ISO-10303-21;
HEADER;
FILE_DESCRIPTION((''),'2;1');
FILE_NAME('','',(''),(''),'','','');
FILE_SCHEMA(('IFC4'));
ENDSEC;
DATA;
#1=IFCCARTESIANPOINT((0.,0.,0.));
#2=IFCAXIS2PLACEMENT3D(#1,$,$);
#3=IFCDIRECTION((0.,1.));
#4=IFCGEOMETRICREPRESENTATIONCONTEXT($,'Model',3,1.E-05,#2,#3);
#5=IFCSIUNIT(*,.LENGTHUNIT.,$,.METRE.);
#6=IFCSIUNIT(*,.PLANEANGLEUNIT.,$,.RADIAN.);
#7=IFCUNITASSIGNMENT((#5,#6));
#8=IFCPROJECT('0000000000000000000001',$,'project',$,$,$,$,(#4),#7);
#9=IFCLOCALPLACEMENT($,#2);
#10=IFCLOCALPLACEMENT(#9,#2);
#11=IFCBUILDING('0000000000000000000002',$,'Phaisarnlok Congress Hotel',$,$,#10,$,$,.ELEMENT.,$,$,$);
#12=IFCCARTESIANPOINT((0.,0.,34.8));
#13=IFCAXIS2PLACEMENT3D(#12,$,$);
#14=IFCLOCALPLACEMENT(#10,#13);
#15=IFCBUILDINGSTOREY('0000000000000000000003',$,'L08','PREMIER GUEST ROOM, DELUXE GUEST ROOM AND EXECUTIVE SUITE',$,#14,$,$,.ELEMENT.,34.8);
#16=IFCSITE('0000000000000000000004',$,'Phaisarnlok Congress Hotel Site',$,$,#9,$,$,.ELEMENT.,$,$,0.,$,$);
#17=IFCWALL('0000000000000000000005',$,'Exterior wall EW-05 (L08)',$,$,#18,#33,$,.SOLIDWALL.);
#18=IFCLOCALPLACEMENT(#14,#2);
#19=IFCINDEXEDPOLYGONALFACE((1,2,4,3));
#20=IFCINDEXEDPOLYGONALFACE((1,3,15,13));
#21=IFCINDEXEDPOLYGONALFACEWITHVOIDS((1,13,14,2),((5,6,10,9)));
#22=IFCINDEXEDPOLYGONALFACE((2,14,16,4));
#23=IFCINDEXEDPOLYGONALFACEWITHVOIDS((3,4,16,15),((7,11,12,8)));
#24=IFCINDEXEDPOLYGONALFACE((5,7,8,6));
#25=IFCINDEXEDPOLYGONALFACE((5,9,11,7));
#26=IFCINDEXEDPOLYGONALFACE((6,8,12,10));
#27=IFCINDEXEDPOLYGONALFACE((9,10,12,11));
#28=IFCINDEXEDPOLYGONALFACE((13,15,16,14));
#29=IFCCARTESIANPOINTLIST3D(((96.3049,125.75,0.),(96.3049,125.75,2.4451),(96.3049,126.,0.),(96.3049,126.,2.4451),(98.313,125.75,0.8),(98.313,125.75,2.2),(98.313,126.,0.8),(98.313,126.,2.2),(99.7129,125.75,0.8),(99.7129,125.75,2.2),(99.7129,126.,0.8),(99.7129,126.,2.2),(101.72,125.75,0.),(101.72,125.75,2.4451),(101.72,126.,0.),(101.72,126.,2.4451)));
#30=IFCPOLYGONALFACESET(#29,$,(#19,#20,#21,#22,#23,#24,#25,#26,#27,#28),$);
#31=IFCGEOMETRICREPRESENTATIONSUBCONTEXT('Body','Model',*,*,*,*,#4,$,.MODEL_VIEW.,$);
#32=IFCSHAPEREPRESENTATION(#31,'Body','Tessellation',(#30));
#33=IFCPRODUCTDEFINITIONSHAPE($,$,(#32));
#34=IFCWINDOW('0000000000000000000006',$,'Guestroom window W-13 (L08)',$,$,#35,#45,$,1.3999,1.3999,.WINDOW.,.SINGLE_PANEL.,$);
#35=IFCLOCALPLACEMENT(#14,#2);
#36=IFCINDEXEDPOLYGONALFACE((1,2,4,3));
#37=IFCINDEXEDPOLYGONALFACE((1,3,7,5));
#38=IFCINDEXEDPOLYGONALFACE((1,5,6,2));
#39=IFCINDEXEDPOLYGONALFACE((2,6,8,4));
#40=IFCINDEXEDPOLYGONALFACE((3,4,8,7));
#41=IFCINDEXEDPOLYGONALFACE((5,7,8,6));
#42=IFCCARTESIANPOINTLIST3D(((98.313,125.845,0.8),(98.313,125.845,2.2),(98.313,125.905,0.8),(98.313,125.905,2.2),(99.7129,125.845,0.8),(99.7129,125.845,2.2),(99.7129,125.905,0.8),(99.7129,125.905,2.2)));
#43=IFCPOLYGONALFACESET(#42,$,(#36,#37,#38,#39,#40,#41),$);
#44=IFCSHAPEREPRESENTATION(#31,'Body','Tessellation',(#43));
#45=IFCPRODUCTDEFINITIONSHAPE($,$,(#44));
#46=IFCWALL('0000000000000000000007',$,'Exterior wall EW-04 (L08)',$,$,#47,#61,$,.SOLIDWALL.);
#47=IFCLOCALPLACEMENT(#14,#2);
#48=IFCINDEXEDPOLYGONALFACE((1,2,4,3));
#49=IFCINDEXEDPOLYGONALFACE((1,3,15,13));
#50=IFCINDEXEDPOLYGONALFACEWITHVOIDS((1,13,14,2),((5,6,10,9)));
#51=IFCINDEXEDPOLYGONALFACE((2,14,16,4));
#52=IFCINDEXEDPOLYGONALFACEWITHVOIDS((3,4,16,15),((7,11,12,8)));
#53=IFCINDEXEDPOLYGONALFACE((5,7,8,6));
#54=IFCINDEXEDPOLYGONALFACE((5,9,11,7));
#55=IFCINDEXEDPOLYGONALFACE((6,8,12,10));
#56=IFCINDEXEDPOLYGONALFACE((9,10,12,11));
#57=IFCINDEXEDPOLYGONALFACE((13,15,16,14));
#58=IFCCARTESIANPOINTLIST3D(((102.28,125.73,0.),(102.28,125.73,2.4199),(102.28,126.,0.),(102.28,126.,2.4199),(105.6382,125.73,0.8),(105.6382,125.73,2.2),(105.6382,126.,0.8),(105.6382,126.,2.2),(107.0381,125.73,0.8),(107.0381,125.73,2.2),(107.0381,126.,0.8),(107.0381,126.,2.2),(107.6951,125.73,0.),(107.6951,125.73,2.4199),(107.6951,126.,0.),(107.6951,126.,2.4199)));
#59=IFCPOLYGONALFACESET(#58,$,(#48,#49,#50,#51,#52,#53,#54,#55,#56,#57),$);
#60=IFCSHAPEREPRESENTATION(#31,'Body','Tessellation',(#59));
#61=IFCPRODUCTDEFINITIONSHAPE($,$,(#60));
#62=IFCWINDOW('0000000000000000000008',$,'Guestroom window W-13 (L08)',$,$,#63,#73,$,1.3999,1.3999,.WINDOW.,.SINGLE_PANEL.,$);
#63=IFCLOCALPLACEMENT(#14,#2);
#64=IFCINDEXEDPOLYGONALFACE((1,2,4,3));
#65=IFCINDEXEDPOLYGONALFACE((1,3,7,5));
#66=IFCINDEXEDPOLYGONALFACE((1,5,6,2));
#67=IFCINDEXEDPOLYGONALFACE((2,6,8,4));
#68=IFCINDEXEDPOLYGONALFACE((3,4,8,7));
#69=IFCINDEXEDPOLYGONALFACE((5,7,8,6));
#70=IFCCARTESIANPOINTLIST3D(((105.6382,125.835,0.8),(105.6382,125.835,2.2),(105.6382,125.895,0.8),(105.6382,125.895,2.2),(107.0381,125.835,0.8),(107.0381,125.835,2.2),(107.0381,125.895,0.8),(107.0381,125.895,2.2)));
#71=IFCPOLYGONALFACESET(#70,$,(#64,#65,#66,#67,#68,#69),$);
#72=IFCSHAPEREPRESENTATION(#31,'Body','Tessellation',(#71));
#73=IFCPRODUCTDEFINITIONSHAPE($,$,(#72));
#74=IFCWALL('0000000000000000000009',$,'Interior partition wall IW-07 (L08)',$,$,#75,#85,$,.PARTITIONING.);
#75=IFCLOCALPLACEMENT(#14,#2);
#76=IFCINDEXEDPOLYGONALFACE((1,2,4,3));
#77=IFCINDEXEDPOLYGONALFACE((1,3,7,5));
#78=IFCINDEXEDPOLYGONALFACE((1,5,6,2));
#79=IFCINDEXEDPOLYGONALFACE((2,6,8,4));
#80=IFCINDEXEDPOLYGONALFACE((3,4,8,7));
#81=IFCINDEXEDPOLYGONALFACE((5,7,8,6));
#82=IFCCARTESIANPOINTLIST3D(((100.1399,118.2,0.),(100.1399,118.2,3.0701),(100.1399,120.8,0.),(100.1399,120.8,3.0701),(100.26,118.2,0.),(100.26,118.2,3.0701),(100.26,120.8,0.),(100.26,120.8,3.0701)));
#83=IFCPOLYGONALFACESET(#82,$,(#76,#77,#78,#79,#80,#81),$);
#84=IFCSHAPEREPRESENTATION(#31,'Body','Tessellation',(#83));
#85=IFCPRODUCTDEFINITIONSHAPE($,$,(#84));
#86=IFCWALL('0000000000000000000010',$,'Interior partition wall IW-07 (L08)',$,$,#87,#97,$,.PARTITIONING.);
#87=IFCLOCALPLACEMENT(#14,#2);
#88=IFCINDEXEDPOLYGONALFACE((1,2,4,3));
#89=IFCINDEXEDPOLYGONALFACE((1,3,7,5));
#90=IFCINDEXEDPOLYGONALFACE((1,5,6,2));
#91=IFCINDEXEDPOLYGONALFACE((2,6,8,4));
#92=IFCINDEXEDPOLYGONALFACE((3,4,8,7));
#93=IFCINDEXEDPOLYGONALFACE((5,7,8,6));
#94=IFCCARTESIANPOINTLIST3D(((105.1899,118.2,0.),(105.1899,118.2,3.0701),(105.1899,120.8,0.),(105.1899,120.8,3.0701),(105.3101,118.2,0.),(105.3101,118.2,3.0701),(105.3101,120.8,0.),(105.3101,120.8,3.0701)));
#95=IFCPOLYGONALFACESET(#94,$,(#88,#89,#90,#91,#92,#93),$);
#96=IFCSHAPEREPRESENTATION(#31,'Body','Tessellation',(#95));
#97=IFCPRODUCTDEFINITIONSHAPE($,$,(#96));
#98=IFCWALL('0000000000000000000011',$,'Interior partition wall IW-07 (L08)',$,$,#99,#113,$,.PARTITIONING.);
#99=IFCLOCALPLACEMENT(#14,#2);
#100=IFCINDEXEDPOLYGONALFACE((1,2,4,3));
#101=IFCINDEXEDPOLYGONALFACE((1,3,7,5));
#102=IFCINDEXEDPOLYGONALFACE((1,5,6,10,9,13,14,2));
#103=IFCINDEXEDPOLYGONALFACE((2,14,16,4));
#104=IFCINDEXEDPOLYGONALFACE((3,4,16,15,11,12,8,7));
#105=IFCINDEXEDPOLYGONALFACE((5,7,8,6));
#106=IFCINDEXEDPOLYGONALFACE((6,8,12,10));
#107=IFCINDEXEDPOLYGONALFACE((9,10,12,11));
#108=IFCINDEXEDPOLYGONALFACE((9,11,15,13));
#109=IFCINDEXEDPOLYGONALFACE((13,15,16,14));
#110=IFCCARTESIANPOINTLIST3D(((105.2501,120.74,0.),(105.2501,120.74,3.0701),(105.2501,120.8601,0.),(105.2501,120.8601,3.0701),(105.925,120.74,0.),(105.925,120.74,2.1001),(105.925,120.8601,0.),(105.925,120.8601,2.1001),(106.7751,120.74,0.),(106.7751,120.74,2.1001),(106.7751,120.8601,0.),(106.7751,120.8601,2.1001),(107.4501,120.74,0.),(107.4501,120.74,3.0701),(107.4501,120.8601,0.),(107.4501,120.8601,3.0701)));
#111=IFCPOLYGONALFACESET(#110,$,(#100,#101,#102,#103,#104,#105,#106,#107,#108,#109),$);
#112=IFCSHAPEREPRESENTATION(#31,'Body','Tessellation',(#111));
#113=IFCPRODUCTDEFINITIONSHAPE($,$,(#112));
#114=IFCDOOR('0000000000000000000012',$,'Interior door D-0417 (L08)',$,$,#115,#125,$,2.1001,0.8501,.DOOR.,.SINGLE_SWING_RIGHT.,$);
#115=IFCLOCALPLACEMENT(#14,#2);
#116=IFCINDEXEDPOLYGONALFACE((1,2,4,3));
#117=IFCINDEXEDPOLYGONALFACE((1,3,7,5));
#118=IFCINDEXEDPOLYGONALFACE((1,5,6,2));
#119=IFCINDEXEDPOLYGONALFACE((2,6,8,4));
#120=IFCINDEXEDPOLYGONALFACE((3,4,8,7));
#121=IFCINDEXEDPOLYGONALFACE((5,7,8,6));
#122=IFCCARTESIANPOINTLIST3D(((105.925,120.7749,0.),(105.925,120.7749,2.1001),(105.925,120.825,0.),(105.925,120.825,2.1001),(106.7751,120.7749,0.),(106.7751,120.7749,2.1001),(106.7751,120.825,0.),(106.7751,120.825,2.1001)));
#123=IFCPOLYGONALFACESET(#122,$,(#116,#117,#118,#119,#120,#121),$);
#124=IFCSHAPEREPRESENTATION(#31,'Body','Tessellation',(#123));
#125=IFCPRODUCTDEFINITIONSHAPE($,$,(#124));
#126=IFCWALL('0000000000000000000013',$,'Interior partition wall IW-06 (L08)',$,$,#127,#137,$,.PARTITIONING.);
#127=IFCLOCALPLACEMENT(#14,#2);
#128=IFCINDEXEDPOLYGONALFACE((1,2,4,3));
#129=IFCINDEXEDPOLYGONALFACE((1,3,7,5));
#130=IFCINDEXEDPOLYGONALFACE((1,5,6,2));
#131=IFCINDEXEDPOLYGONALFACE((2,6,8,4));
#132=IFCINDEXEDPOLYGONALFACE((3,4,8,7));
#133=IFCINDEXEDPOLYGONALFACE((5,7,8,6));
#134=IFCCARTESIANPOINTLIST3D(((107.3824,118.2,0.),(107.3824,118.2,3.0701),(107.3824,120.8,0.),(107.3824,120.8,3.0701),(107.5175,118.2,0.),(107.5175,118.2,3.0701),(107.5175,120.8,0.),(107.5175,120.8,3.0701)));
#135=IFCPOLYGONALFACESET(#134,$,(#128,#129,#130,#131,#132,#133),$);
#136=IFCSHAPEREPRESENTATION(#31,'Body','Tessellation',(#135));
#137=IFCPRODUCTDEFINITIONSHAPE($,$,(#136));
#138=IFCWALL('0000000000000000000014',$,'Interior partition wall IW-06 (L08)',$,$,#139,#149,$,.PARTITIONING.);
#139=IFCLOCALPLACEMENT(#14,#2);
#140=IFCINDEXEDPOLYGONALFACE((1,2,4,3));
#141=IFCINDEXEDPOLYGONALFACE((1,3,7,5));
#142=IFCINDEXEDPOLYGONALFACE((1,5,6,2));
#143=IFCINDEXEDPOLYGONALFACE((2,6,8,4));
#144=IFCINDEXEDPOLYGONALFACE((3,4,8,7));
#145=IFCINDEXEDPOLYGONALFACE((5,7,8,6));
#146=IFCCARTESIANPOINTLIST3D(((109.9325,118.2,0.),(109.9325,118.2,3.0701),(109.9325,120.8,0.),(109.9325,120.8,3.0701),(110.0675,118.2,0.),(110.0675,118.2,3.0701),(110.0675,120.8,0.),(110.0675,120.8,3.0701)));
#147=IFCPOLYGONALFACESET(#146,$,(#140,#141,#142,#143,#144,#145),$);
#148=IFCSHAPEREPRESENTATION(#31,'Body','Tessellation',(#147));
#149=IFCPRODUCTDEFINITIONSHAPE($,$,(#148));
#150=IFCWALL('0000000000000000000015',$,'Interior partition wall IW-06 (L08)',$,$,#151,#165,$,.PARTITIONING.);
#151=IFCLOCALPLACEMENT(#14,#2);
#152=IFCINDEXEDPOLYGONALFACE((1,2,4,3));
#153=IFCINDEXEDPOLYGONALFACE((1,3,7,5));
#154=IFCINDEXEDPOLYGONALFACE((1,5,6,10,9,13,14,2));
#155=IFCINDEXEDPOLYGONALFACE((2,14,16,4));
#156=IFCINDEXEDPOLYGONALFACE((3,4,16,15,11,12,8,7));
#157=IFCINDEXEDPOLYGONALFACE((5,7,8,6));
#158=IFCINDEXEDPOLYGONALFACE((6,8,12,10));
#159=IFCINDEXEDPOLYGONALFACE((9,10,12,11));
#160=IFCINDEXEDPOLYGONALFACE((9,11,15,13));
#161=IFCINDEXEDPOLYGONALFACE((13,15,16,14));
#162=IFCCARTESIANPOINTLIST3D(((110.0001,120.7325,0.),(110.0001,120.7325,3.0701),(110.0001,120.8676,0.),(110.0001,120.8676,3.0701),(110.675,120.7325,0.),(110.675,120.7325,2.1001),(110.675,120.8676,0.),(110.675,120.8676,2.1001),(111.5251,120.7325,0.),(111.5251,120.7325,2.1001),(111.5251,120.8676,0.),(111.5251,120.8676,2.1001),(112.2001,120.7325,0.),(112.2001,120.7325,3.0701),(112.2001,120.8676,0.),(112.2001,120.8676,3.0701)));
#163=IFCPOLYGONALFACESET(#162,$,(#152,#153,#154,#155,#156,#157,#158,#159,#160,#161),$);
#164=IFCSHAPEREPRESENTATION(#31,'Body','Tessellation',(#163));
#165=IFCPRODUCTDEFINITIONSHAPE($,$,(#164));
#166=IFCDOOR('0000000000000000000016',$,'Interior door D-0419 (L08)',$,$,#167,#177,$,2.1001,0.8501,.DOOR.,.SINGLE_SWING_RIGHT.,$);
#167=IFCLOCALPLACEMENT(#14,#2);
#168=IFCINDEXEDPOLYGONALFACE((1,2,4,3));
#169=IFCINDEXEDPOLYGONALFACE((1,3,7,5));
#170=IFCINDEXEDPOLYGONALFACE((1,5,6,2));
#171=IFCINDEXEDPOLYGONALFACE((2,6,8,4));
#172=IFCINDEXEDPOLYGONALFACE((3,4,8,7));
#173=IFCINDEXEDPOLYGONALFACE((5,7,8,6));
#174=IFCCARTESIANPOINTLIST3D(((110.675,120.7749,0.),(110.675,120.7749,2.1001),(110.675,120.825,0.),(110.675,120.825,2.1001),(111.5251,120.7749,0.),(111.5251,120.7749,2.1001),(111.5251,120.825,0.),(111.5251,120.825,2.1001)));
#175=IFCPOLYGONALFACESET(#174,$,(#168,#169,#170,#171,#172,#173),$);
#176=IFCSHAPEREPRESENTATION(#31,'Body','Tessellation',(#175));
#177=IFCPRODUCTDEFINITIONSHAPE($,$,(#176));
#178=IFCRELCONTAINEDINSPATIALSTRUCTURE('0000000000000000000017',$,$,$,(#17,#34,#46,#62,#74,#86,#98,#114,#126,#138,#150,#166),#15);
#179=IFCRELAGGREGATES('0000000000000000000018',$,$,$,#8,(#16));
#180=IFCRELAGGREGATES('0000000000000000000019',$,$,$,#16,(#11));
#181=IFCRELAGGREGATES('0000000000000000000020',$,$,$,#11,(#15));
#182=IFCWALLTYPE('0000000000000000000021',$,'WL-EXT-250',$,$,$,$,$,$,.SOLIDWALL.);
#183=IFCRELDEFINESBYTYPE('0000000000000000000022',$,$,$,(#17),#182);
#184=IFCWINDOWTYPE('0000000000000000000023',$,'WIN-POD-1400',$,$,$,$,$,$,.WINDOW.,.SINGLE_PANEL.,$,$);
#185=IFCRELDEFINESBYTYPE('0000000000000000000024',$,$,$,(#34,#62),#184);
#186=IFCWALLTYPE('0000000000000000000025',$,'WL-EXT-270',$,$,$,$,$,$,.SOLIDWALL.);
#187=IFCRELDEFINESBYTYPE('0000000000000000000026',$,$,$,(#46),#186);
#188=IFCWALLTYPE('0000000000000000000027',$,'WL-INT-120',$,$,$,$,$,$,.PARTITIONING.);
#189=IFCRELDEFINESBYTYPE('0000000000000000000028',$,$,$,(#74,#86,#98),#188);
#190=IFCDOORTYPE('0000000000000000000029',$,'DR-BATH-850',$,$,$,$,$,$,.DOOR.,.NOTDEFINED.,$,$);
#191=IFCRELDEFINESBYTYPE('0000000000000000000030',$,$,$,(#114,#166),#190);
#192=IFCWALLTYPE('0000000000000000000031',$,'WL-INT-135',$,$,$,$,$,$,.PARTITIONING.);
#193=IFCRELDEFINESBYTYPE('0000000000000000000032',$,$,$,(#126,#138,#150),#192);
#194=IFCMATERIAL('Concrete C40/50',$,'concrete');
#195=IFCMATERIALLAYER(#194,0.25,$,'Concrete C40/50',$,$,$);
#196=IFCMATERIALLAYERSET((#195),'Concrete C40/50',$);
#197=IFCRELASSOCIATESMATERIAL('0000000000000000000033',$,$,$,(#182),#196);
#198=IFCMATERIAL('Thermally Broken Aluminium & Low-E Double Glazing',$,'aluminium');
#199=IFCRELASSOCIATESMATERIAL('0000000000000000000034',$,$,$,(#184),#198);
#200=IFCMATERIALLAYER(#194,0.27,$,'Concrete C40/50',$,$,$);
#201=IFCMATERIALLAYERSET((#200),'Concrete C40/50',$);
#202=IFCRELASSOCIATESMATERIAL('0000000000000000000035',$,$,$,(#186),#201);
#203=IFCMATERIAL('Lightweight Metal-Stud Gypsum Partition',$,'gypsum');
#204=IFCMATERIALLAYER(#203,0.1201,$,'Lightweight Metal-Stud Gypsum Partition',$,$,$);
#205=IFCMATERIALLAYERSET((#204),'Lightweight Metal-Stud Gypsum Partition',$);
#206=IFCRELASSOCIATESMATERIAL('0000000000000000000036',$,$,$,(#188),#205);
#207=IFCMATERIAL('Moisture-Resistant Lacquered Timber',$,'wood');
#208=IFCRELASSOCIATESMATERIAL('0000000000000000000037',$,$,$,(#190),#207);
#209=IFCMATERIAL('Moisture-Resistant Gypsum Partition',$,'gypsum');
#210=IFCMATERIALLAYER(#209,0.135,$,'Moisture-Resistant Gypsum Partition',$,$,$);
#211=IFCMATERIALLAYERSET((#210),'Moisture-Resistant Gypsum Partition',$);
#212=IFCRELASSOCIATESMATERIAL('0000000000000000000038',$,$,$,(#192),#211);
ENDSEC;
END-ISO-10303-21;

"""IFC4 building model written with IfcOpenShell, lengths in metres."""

from ifc_helpers import new_model, si_unit, direction, frame, frame_2d, origin, place, context, subcontext, project, spatial, rectangle, extrude, material, layer, layer_set, type_object, element, fill, save


model = new_model("IFC4")

# Units and contexts
model_context = context("Model", 3, precision=1e-05, world=origin(), true_north=direction((0.0, 1.0)))
body_context = subcontext(model_context, "Body", "Model", "MODEL_VIEW")
ifc_project = project(units=[si_unit("LENGTHUNIT", "METRE"), si_unit("PLANEANGLEUNIT", "RADIAN")], contexts=[model_context])

# Site, building, storey
site_placement = place(None, origin())
site = spatial("IfcSite", under=ifc_project, at=site_placement, Name="Phaisarnlok Congress Hotel Site", CompositionType="ELEMENT", RefElevation=0.0)
building_placement = place(site_placement, origin())
building = spatial("IfcBuilding", under=site, at=building_placement, Name="Phaisarnlok Congress Hotel", CompositionType="ELEMENT")
storey_placement = place(building_placement, frame((0.0, 0.0, 34.8)))
storey = spatial("IfcBuildingStorey", under=building, at=storey_placement, Name="L08", Description="PREMIER GUEST ROOM, DELUXE GUEST ROOM AND EXECUTIVE SUITE", CompositionType="ELEMENT", Elevation=34.8)

# Shared definitions
ifc_material_1 = material(Name="Concrete C40/50", Category="concrete")

# Walls, openings, windows
ifc_layer_1 = layer(ifc_material_1, 0.25, Name="Concrete C40/50")
ifc_layer_set_1 = layer_set([ifc_layer_1], Name="Concrete C40/50")
wall_type_1 = type_object("IfcWallType", Name="WL-EXT-250", PredefinedType="SOLIDWALL", material=ifc_layer_set_1)
wall_1_placement = place(storey_placement, frame((101.72, 125.875, 0.0), z_axis=(0.0, 0.0, 1.0), x_axis=(-1.0, 0.0, 0.0)))
wall_1 = element("IfcWall", 1, at=wall_1_placement, inside=storey, type_object=wall_type_1, Name="Exterior wall EW-05 (L08)", PredefinedType="SOLIDWALL", context=body_context, shape_type="SweptSolid", body=[
    extrude(rectangle(XDim=5.415, YDim=0.25, at=frame_2d((2.7075, 0.0))), origin(), (0.0, 0.0, 1.0), 2.4451),
])
opening_1_placement = place(wall_1_placement, frame((2.0071, 0.0, 0.8)))
opening_1 = element("IfcOpeningElement", 2, at=opening_1_placement, cuts=wall_1, PredefinedType="OPENING", context=body_context, shape_type="SweptSolid", body=[
    extrude(rectangle(XDim=1.3999, YDim=1.3999, at=frame_2d((0.7, 0.7))), frame((0.0, 0.135, 0.0), z_axis=(0.0, -1.0, 0.0), x_axis=(1.0, 0.0, 0.0)), (0.0, 0.0, 1.0), 0.27),
])
ifc_material_2 = material(Name="Thermally Broken Aluminium & Low-E Double Glazing", Category="aluminium")
window_type = type_object("IfcWindowType", Name="WIN-POD-1400", PartitioningType="SINGLE_PANEL", PredefinedType="WINDOW", material=ifc_material_2)
window_1_placement = place(opening_1_placement, origin())
window_1 = element("IfcWindow", 3, at=window_1_placement, inside=storey, type_object=window_type, Name="Guestroom window W-13 (L08)", OverallHeight=1.3999, OverallWidth=1.3999, PartitioningType="SINGLE_PANEL", PredefinedType="WINDOW", context=body_context, shape_type="SweptSolid", body=[
    extrude(rectangle(XDim=1.3999, YDim=1.3999, at=frame_2d((0.7, 0.7))), frame((0.0, 0.03, 0.0), z_axis=(0.0, -1.0, 0.0), x_axis=(1.0, 0.0, 0.0)), (0.0, 0.0, 1.0), 0.0601),
])
fill(opening_1, window_1)
ifc_layer_2 = layer(ifc_material_1, 0.27, Name="Concrete C40/50")
ifc_layer_set_2 = layer_set([ifc_layer_2], Name="Concrete C40/50")
wall_type_2 = type_object("IfcWallType", Name="WL-EXT-270", PredefinedType="SOLIDWALL", material=ifc_layer_set_2)
wall_2_placement = place(storey_placement, frame((107.6951, 125.865, 0.0), z_axis=(0.0, 0.0, 1.0), x_axis=(-1.0, 0.0, 0.0)))
wall_2 = element("IfcWall", 4, at=wall_2_placement, inside=storey, type_object=wall_type_2, Name="Exterior wall EW-04 (L08)", PredefinedType="SOLIDWALL", context=body_context, shape_type="SweptSolid", body=[
    extrude(rectangle(XDim=5.415, YDim=0.27, at=frame_2d((2.7075, 0.0))), origin(), (0.0, 0.0, 1.0), 2.4199),
])
opening_2_placement = place(wall_2_placement, frame((0.657, 0.0, 0.8)))
opening_2 = element("IfcOpeningElement", 5, at=opening_2_placement, cuts=wall_2, PredefinedType="OPENING", context=body_context, shape_type="SweptSolid", body=[
    extrude(rectangle(XDim=1.3999, YDim=1.3999, at=frame_2d((0.7, 0.7))), frame((0.0, 0.145, 0.0), z_axis=(0.0, -1.0, 0.0), x_axis=(1.0, 0.0, 0.0)), (0.0, 0.0, 1.0), 0.29),
])
window_2_placement = place(opening_2_placement, origin())
window_2 = element("IfcWindow", 6, at=window_2_placement, inside=storey, type_object=window_type, Name="Guestroom window W-13 (L08)", OverallHeight=1.3999, OverallWidth=1.3999, PartitioningType="SINGLE_PANEL", PredefinedType="WINDOW", context=body_context, shape_type="SweptSolid", body=[
    extrude(rectangle(XDim=1.3999, YDim=1.3999, at=frame_2d((0.7, 0.7))), frame((0.0, 0.03, 0.0), z_axis=(0.0, -1.0, 0.0), x_axis=(1.0, 0.0, 0.0)), (0.0, 0.0, 1.0), 0.0601),
])
fill(opening_2, window_2)

# Walls
ifc_material_3 = material(Name="Lightweight Metal-Stud Gypsum Partition", Category="gypsum")
ifc_layer_3 = layer(ifc_material_3, 0.1201, Name="Lightweight Metal-Stud Gypsum Partition")
ifc_layer_set_3 = layer_set([ifc_layer_3], Name="Lightweight Metal-Stud Gypsum Partition")
wall_type_3 = type_object("IfcWallType", Name="WL-INT-120", PredefinedType="PARTITIONING", material=ifc_layer_set_3)
for number, where, z_axis, x_axis, name in (
    (7, (100.2, 118.2, 0.0), (0.0, 0.0, 1.0), (0.0, 1.0, 0.0), "Interior partition wall IW-07 (L08)"),
    (8, (105.25, 118.2, 0.0), (0.0, 0.0, 1.0), (0.0, 1.0, 0.0), "Interior partition wall IW-07 (L08)"),
):
    element("IfcWall", number, at=place(storey_placement, frame(where, z_axis=z_axis, x_axis=x_axis)), inside=storey, type_object=wall_type_3, Name=name, PredefinedType="PARTITIONING", context=body_context, shape_type="SweptSolid", body=[
        extrude(rectangle(XDim=2.6001, YDim=0.1201, at=frame_2d((1.3, 0.0))), origin(), (0.0, 0.0, 1.0), 3.0701),
    ])

# Wall, opening, door
wall_3_placement = place(storey_placement, frame((105.25, 120.8, 0.0), z_axis=(0.0, 0.0, 1.0), x_axis=(1.0, 0.0, 0.0)))
wall_3 = element("IfcWall", 9, at=wall_3_placement, inside=storey, type_object=wall_type_3, Name="Interior partition wall IW-07 (L08)", PredefinedType="PARTITIONING", context=body_context, shape_type="SweptSolid", body=[
    extrude(rectangle(XDim=2.2, YDim=0.1201, at=frame_2d((1.1001, 0.0))), origin(), (0.0, 0.0, 1.0), 3.0701),
])
opening_3_placement = place(wall_3_placement, frame((0.675, 0.0, 0.0)))
opening_3 = element("IfcOpeningElement", 10, at=opening_3_placement, cuts=wall_3, PredefinedType="OPENING", context=body_context, shape_type="SweptSolid", body=[
    extrude(rectangle(XDim=0.8501, YDim=2.1001, at=frame_2d((0.425, 1.05))), frame((0.0, 0.0701, 0.0), z_axis=(0.0, -1.0, 0.0), x_axis=(1.0, 0.0, 0.0)), (0.0, 0.0, 1.0), 0.1401),
])
ifc_material_4 = material(Name="Moisture-Resistant Lacquered Timber", Category="wood")
door_type = type_object("IfcDoorType", Name="DR-BATH-850", OperationType="NOTDEFINED", PredefinedType="DOOR", material=ifc_material_4)
door_1_placement = place(opening_3_placement, origin())
door_1 = element("IfcDoor", 11, at=door_1_placement, inside=storey, type_object=door_type, Name="Interior door D-0417 (L08)", OperationType="SINGLE_SWING_RIGHT", OverallHeight=2.1001, OverallWidth=0.8501, PredefinedType="DOOR", context=body_context, shape_type="SweptSolid", body=[
    extrude(rectangle(XDim=0.8501, YDim=2.1001, at=frame_2d((0.425, 1.05))), frame((0.0, 0.0249, 0.0), z_axis=(0.0, -1.0, 0.0), x_axis=(1.0, 0.0, 0.0)), (0.0, 0.0, 1.0), 0.05),
])
fill(opening_3, door_1)

# Walls
ifc_material_5 = material(Name="Moisture-Resistant Gypsum Partition", Category="gypsum")
ifc_layer_4 = layer(ifc_material_5, 0.135, Name="Moisture-Resistant Gypsum Partition")
ifc_layer_set_4 = layer_set([ifc_layer_4], Name="Moisture-Resistant Gypsum Partition")
wall_type_4 = type_object("IfcWallType", Name="WL-INT-135", PredefinedType="PARTITIONING", material=ifc_layer_set_4)
for number, where, z_axis, x_axis, name in (
    (12, (107.45, 118.2, 0.0), (0.0, 0.0, 1.0), (0.0, 1.0, 0.0), "Interior partition wall IW-06 (L08)"),
    (13, (110.0, 118.2, 0.0), (0.0, 0.0, 1.0), (0.0, 1.0, 0.0), "Interior partition wall IW-06 (L08)"),
):
    element("IfcWall", number, at=place(storey_placement, frame(where, z_axis=z_axis, x_axis=x_axis)), inside=storey, type_object=wall_type_4, Name=name, PredefinedType="PARTITIONING", context=body_context, shape_type="SweptSolid", body=[
        extrude(rectangle(XDim=2.6001, YDim=0.135, at=frame_2d((1.3, 0.0))), origin(), (0.0, 0.0, 1.0), 3.0701),
    ])

# Wall, opening, door
wall_4_placement = place(storey_placement, frame((110.0, 120.8, 0.0), z_axis=(0.0, 0.0, 1.0), x_axis=(1.0, 0.0, 0.0)))
wall_4 = element("IfcWall", 14, at=wall_4_placement, inside=storey, type_object=wall_type_4, Name="Interior partition wall IW-06 (L08)", PredefinedType="PARTITIONING", context=body_context, shape_type="SweptSolid", body=[
    extrude(rectangle(XDim=2.2, YDim=0.135, at=frame_2d((1.1001, 0.0))), origin(), (0.0, 0.0, 1.0), 3.0701),
])
opening_4_placement = place(wall_4_placement, frame((0.675, 0.0, 0.0)))
opening_4 = element("IfcOpeningElement", 15, at=opening_4_placement, cuts=wall_4, PredefinedType="OPENING", context=body_context, shape_type="SweptSolid", body=[
    extrude(rectangle(XDim=0.8501, YDim=2.1001, at=frame_2d((0.425, 1.05))), frame((0.0, 0.0776, 0.0), z_axis=(0.0, -1.0, 0.0), x_axis=(1.0, 0.0, 0.0)), (0.0, 0.0, 1.0), 0.155),
])
door_2_placement = place(opening_4_placement, origin())
door_2 = element("IfcDoor", 16, at=door_2_placement, inside=storey, type_object=door_type, Name="Interior door D-0419 (L08)", OperationType="SINGLE_SWING_RIGHT", OverallHeight=2.1001, OverallWidth=0.8501, PredefinedType="DOOR", context=body_context, shape_type="SweptSolid", body=[
    extrude(rectangle(XDim=0.8501, YDim=2.1001, at=frame_2d((0.425, 1.05))), frame((0.0, 0.0249, 0.0), z_axis=(0.0, -1.0, 0.0), x_axis=(1.0, 0.0, 0.0)), (0.0, 0.0, 1.0), 0.05),
])
fill(opening_4, door_2)

save(model, "model.ifc")
